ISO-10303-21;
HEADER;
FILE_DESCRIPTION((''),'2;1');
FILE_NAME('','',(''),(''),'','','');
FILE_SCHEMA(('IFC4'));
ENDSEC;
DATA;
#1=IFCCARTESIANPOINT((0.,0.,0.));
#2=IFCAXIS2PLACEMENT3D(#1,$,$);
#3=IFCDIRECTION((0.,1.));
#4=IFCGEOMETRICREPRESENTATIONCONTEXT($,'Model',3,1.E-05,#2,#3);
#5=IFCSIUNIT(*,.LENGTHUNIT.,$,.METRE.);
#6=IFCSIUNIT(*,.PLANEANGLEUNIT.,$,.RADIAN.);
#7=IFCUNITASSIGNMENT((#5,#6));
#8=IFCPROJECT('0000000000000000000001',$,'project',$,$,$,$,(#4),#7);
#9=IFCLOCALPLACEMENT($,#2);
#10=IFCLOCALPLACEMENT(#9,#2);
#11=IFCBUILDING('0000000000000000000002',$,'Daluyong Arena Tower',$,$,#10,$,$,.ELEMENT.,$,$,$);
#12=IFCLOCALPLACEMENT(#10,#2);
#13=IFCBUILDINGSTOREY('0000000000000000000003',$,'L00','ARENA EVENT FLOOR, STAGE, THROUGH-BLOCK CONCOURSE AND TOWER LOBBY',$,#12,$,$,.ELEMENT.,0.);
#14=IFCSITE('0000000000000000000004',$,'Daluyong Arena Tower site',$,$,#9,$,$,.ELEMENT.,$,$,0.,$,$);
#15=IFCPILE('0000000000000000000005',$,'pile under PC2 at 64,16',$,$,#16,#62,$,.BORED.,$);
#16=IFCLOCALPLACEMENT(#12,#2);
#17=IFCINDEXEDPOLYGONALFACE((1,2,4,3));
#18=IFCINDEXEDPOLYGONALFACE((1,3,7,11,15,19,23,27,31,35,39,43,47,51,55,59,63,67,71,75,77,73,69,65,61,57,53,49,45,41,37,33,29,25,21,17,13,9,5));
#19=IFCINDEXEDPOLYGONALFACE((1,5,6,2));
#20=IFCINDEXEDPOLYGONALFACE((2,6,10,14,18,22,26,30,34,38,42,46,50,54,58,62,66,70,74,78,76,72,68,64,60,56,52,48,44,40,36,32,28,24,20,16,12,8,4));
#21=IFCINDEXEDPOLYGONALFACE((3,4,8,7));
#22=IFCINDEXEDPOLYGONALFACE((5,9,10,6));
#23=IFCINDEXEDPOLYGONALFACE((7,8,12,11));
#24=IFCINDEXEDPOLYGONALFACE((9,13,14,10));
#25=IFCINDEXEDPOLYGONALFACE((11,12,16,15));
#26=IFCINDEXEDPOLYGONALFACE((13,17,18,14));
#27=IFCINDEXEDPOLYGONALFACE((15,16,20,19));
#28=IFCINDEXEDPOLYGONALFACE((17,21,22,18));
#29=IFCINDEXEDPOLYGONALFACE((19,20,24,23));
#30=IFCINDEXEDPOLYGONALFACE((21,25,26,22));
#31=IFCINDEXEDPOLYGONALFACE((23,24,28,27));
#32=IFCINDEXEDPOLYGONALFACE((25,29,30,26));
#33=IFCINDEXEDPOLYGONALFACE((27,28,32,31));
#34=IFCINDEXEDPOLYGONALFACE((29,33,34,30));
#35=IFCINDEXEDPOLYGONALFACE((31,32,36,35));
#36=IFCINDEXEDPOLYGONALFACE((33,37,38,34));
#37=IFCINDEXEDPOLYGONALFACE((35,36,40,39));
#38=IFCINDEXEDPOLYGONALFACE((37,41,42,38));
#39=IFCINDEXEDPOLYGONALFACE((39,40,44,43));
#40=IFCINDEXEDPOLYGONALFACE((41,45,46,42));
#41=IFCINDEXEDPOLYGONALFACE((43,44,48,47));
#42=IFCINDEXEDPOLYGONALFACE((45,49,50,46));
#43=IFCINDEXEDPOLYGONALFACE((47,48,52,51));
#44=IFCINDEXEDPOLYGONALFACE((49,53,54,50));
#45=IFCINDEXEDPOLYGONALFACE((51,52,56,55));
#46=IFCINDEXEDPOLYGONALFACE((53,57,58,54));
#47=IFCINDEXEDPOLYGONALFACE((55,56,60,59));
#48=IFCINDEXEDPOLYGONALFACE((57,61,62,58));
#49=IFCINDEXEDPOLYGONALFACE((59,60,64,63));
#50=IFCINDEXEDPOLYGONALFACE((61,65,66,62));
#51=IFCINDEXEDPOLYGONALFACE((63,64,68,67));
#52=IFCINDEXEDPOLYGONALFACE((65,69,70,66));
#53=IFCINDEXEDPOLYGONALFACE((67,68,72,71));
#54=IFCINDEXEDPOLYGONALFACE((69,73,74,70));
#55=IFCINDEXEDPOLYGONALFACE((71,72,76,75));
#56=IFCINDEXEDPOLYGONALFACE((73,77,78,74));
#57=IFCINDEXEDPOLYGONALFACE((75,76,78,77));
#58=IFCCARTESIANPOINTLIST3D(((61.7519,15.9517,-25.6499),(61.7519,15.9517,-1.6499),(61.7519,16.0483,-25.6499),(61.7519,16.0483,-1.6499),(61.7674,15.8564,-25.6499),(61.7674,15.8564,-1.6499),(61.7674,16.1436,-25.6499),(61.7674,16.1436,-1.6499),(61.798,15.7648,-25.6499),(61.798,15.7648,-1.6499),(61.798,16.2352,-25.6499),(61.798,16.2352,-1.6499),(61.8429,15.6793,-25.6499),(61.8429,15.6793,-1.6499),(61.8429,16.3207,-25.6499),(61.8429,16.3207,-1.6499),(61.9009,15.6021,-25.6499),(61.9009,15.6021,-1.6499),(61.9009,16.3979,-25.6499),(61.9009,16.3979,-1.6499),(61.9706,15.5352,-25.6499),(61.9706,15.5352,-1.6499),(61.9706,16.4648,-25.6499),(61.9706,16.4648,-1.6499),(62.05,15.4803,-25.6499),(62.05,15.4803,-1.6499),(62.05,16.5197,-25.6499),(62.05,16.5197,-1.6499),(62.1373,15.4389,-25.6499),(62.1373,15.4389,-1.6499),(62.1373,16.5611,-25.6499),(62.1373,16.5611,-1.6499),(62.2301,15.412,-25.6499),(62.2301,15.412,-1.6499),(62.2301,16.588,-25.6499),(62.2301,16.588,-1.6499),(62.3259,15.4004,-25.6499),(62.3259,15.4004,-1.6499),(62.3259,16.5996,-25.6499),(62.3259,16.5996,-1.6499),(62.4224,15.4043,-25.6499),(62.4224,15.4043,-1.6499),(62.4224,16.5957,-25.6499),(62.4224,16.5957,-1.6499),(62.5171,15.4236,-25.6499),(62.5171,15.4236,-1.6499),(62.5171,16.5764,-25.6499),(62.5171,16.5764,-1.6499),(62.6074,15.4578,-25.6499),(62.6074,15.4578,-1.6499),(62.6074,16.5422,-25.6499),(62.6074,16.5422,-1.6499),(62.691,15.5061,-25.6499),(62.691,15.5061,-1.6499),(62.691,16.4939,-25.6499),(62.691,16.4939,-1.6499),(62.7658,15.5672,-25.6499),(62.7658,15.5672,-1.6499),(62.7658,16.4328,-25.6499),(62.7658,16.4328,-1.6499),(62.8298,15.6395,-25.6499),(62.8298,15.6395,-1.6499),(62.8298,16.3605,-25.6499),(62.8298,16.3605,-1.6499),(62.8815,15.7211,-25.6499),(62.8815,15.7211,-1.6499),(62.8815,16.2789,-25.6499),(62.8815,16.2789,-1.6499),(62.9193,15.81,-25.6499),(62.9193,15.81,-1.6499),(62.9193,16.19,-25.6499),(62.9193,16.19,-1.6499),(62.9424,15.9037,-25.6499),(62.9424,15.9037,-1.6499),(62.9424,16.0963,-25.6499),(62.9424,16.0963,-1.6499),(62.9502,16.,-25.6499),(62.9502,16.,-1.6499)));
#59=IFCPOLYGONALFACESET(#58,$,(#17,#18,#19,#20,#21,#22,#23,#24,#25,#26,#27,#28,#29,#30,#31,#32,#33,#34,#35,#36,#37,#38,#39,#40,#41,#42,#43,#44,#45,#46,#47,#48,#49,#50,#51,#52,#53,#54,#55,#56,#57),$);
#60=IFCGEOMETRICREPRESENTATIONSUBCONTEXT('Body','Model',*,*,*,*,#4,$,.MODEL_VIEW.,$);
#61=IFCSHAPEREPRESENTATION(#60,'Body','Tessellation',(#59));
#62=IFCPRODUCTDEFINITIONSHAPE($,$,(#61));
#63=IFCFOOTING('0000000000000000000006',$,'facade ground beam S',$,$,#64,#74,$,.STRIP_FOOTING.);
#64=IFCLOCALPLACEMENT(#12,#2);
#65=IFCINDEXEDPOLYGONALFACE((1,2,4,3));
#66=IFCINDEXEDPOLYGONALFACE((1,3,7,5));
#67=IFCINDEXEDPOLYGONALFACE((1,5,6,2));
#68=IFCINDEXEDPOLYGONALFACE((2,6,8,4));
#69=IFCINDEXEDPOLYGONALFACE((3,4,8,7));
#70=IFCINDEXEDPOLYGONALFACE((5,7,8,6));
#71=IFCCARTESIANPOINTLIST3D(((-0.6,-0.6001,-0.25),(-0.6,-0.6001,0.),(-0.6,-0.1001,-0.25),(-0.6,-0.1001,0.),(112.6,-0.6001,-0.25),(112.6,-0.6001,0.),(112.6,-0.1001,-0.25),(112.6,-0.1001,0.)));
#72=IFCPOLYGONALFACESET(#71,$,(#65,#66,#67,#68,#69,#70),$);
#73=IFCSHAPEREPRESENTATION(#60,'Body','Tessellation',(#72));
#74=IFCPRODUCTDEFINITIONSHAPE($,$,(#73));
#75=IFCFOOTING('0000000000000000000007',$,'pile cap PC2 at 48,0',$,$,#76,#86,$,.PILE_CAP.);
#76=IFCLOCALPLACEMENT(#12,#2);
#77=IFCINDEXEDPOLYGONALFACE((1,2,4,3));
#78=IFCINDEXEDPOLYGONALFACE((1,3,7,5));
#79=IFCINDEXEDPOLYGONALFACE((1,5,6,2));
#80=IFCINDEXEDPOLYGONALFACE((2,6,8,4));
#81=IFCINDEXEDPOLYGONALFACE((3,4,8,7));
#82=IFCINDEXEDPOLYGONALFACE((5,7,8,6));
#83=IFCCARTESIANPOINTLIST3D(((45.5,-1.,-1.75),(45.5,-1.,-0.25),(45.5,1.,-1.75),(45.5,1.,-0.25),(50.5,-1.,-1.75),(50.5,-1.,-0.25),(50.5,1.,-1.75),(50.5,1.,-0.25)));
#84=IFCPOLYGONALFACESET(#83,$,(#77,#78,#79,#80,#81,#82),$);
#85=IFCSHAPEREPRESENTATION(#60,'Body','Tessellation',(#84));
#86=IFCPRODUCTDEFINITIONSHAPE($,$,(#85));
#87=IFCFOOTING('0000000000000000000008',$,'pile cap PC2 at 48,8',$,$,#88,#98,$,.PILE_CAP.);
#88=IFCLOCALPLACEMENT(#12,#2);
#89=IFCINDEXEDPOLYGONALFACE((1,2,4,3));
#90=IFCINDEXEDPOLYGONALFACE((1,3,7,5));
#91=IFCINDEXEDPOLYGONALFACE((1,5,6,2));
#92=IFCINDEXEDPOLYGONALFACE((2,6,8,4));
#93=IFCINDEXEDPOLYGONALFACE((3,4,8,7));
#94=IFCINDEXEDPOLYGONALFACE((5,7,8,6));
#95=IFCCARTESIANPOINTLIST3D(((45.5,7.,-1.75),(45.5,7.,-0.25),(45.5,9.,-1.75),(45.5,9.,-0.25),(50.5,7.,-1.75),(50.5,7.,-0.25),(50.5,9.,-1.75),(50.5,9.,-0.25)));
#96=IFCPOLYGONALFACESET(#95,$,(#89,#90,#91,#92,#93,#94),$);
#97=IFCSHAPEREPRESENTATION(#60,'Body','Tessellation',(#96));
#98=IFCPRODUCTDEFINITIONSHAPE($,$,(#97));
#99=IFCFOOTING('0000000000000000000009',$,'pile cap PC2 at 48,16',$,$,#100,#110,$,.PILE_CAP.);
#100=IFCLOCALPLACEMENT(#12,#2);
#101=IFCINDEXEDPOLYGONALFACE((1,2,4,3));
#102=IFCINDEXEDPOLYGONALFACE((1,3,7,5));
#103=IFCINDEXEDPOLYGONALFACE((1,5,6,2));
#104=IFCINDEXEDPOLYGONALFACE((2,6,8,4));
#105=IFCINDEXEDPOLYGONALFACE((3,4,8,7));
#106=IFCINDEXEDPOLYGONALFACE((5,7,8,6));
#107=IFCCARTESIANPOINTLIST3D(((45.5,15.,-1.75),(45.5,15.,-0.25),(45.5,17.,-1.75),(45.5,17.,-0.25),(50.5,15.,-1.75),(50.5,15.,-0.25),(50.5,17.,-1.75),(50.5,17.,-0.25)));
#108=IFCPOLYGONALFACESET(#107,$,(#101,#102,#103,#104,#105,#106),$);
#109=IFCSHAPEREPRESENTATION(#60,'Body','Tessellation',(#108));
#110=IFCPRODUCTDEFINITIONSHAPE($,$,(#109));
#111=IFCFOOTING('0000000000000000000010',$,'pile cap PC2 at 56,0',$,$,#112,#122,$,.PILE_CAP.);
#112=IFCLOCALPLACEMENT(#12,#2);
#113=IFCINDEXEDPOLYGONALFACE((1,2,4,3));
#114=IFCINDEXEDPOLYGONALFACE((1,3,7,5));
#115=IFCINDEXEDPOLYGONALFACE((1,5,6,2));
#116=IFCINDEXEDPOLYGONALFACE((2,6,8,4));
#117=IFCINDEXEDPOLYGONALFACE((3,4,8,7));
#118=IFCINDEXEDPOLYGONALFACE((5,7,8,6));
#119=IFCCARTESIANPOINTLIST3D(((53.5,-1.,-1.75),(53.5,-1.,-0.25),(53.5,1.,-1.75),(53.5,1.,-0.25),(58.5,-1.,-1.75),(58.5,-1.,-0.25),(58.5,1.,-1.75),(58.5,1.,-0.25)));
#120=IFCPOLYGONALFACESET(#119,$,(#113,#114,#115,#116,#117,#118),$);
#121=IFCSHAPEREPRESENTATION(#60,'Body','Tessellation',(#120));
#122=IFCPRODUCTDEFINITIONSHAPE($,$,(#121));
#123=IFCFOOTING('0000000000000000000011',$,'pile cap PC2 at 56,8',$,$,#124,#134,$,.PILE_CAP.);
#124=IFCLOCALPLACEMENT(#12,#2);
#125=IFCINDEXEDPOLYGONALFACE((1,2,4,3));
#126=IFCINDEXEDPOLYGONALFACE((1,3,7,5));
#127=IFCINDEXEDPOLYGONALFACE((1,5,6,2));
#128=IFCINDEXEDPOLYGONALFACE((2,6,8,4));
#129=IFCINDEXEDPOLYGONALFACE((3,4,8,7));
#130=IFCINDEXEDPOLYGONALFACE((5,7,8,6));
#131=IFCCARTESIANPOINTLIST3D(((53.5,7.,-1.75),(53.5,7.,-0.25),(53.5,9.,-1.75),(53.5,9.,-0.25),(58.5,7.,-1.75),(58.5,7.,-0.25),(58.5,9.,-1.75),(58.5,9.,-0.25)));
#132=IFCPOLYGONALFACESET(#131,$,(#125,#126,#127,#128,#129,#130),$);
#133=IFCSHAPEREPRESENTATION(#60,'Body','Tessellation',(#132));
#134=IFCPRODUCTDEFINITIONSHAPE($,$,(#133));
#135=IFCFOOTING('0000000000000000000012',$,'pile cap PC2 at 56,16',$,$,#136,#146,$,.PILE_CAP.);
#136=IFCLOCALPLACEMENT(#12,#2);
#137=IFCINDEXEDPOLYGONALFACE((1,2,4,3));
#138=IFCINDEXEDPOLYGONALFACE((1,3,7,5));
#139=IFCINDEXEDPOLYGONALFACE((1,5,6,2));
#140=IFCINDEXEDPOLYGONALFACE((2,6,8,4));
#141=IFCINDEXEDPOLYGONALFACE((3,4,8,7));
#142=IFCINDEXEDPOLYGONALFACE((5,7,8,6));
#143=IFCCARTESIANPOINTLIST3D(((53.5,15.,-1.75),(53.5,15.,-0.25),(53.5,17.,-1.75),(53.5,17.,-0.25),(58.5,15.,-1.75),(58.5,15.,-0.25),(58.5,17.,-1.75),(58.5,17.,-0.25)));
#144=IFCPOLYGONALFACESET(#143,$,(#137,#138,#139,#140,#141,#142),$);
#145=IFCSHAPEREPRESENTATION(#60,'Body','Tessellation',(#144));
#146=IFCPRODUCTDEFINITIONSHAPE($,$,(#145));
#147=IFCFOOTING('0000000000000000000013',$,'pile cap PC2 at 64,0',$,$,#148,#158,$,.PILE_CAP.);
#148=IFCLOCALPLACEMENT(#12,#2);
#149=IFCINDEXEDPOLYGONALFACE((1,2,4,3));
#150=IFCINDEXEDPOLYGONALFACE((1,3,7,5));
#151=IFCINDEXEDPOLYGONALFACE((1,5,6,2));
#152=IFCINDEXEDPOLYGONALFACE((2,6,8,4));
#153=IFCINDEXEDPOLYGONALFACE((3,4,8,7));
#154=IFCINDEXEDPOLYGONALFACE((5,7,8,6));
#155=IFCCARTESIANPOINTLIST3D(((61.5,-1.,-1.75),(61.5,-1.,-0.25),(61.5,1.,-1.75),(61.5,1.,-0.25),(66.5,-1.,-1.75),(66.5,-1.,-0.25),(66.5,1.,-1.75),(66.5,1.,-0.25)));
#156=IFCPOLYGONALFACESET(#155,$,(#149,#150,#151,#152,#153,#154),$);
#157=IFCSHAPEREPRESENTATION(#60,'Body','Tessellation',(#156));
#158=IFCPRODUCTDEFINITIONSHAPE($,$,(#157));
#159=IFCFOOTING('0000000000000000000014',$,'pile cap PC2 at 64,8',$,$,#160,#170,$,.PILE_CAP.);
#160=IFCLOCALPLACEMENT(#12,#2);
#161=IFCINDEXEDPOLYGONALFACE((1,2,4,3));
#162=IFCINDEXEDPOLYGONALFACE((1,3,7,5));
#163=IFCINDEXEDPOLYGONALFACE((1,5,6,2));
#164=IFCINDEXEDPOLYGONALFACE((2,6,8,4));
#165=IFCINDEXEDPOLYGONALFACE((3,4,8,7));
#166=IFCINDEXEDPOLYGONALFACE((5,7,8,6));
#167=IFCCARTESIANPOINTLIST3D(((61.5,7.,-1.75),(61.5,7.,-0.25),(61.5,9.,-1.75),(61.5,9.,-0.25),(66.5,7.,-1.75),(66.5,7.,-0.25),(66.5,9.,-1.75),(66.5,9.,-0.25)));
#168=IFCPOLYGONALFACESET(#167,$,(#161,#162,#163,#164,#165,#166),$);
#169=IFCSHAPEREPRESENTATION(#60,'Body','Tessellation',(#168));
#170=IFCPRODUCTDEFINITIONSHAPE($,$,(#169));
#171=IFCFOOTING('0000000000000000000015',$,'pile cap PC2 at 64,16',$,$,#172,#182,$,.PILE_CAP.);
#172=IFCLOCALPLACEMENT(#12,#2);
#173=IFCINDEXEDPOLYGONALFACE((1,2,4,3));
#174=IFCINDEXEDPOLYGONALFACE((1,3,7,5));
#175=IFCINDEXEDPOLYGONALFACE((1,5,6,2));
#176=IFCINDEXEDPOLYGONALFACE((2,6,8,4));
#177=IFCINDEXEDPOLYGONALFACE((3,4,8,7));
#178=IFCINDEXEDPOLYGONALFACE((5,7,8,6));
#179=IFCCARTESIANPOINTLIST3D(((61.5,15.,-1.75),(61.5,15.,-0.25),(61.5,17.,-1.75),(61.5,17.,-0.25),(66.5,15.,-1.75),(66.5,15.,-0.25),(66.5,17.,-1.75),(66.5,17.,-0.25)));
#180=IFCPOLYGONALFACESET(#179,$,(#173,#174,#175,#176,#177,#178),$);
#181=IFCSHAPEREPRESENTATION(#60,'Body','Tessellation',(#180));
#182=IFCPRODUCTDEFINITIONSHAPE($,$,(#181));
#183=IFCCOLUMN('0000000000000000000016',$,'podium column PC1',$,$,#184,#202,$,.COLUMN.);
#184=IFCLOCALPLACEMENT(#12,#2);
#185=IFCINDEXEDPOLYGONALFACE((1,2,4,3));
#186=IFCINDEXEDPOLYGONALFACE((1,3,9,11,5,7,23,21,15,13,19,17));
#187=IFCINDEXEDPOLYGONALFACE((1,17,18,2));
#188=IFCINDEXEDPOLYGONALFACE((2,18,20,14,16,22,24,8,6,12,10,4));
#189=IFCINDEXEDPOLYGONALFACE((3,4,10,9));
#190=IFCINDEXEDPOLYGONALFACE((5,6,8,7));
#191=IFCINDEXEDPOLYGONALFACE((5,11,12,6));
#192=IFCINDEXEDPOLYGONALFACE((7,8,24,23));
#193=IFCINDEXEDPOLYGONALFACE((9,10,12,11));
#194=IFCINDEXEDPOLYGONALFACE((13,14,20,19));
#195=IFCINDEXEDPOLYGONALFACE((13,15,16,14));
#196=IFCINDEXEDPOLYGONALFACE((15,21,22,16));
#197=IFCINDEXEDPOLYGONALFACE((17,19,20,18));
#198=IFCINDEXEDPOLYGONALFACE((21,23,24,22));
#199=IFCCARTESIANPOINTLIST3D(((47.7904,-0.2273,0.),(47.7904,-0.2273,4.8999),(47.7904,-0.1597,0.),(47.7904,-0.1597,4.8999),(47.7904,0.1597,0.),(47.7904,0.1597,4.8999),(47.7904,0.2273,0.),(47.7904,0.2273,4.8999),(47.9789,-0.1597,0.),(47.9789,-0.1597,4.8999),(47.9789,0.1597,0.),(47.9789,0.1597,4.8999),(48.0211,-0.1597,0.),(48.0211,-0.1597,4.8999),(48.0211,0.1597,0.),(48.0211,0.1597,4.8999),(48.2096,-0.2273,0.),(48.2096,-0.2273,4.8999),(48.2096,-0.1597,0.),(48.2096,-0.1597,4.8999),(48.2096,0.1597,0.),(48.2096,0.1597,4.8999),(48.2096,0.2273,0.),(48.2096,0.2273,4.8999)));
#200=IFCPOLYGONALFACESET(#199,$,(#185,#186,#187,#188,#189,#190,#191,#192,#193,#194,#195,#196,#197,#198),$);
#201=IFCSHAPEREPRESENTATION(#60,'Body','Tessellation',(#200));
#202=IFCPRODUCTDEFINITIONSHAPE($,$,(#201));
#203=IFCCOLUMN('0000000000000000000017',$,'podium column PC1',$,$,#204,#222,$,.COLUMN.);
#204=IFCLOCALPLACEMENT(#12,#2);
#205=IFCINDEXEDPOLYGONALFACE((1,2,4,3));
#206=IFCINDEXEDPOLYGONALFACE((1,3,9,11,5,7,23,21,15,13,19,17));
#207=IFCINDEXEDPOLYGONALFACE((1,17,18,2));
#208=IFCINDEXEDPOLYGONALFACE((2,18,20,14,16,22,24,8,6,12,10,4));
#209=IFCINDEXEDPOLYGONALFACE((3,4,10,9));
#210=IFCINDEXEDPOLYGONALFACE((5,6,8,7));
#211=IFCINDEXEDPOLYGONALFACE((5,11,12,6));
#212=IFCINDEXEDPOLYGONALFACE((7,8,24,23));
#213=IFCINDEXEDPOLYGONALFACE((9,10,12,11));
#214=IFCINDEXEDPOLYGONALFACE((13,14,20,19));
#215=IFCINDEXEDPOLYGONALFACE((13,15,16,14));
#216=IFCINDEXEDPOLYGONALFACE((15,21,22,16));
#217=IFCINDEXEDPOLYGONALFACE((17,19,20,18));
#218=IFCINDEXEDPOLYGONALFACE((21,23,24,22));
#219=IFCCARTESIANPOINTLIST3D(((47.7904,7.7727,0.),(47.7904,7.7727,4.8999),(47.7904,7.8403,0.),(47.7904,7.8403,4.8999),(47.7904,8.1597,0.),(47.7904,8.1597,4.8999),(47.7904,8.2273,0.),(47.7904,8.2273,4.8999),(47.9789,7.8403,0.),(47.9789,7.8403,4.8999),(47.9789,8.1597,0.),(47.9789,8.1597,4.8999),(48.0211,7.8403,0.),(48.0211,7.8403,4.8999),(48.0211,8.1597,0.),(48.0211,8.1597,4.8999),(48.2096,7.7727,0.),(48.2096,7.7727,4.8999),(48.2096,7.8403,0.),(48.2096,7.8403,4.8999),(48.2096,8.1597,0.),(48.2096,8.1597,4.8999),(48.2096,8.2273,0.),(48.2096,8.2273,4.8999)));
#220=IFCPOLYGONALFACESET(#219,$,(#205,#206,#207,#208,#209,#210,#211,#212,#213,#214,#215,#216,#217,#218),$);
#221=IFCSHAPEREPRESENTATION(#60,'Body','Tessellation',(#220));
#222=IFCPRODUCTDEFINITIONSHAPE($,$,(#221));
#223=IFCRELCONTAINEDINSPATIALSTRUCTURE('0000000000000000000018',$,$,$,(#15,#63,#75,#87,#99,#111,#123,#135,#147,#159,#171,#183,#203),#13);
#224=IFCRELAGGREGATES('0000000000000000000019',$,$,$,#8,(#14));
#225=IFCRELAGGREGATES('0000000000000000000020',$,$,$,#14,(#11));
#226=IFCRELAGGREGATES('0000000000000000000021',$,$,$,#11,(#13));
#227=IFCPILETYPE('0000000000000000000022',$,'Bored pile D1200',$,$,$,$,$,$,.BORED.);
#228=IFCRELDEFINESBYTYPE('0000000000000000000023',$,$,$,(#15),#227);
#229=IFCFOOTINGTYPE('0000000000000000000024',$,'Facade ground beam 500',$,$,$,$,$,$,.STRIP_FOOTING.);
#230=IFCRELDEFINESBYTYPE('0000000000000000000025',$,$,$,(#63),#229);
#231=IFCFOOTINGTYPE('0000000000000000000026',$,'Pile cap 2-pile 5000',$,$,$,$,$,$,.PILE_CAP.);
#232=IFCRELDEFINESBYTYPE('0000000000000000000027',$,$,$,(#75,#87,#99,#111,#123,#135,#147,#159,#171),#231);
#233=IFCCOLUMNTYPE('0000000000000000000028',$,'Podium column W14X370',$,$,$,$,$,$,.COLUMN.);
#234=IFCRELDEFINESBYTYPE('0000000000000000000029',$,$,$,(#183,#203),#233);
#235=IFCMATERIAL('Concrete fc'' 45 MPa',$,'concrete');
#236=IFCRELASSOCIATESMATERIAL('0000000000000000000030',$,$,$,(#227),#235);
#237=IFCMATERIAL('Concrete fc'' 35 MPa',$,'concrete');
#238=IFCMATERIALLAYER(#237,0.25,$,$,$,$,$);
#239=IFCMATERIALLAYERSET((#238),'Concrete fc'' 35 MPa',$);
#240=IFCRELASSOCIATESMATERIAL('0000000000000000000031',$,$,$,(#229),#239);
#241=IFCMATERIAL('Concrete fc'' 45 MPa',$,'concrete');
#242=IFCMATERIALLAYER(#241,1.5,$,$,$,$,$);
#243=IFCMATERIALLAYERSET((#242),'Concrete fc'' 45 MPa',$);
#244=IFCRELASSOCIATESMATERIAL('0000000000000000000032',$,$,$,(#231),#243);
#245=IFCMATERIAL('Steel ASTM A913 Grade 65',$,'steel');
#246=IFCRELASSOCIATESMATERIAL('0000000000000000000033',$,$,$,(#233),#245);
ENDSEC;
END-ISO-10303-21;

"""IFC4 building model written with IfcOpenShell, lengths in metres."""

from ifc_helpers import new_model, si_unit, direction, frame, origin, origin_2d, place, context, subcontext, project, spatial, rectangle, circle, i_section, extrude, material, layer, layer_set, material_profile, profile_set, type_object, element, save


model = new_model("IFC4")

# Units and contexts
model_context = context("Model", 3, precision=1e-05, world=origin(), true_north=direction((0.0, 1.0)))
body_context = subcontext(model_context, "Body", "Model", "MODEL_VIEW")
ifc_project = project(units=[si_unit("LENGTHUNIT", "METRE"), si_unit("PLANEANGLEUNIT", "RADIAN")], contexts=[model_context])

# Site, building, storey
site_placement = place(None, origin())
site = spatial("IfcSite", under=ifc_project, at=site_placement, Name="Daluyong Arena Tower site", CompositionType="ELEMENT", RefElevation=0.0)
building_placement = place(site_placement, origin())
building = spatial("IfcBuilding", under=site, at=building_placement, Name="Daluyong Arena Tower", CompositionType="ELEMENT")
storey_placement = place(building_placement, origin())
storey = spatial("IfcBuildingStorey", under=building, at=storey_placement, Name="L00", Description="ARENA EVENT FLOOR, STAGE, THROUGH-BLOCK CONCOURSE AND TOWER LOBBY", CompositionType="ELEMENT", Elevation=0.0)

# Pile
ifc_material_1 = material(Name="Concrete fc' 45 MPa", Category="concrete")
pile_type = type_object("IfcPileType", Name="Bored pile D1200", PredefinedType="BORED", material=ifc_material_1)
for number, where, z_axis, x_axis, name in (
    (1, (62.3501, 16.0, -1.6499), (0.0, 0.0, -1.0), (1.0, 0.0, 0.0), "pile under PC2 at 64,16"),
):
    element("IfcPile", number, at=place(storey_placement, frame(where, z_axis=z_axis, x_axis=x_axis)), inside=storey, type_object=pile_type, Name=name, PredefinedType="BORED", context=body_context, shape_type="SweptSolid", body=[
        extrude(circle(Radius=0.6001, at=origin_2d()), origin(), (0.0, 0.0, 1.0), 24.0),
    ])

# Footings
ifc_material_2 = material(Name="Concrete fc' 35 MPa", Category="concrete")
ifc_layer_1 = layer(ifc_material_2, 0.25)
ifc_layer_set_1 = layer_set([ifc_layer_1], Name="Concrete fc' 35 MPa")
footing_type_1 = type_object("IfcFootingType", Name="Facade ground beam 500", PredefinedType="STRIP_FOOTING", material=ifc_layer_set_1)
footing_placement = place(storey_placement, frame((56.0, -0.3501, -0.25), z_axis=(0.0, 0.0, 1.0), x_axis=(1.0, 0.0, 0.0)))
element("IfcFooting", 2, at=footing_placement, inside=storey, type_object=footing_type_1, Name="facade ground beam S", PredefinedType="STRIP_FOOTING", context=body_context, shape_type="SweptSolid", body=[
    extrude(rectangle(XDim=113.2, YDim=0.5, at=origin_2d()), origin(), (0.0, 0.0, 1.0), 0.25),
])
ifc_material_3 = material(Name="Concrete fc' 45 MPa", Category="concrete")
ifc_layer_2 = layer(ifc_material_3, 1.5)
ifc_layer_set_2 = layer_set([ifc_layer_2], Name="Concrete fc' 45 MPa")
footing_type_2 = type_object("IfcFootingType", Name="Pile cap 2-pile 5000", PredefinedType="PILE_CAP", material=ifc_layer_set_2)
for number, where, z_axis, x_axis, name in (
    (3, (48.0, 0.0, -1.75), (0.0, 0.0, 1.0), (1.0, 0.0, 0.0), "pile cap PC2 at 48,0"),
    (4, (48.0, 8.0, -1.75), (0.0, 0.0, 1.0), (1.0, 0.0, 0.0), "pile cap PC2 at 48,8"),
    (5, (48.0, 16.0, -1.75), (0.0, 0.0, 1.0), (1.0, 0.0, 0.0), "pile cap PC2 at 48,16"),
    (6, (56.0, 0.0, -1.75), (0.0, 0.0, 1.0), (1.0, 0.0, 0.0), "pile cap PC2 at 56,0"),
    (7, (56.0, 8.0, -1.75), (0.0, 0.0, 1.0), (1.0, 0.0, 0.0), "pile cap PC2 at 56,8"),
    (8, (56.0, 16.0, -1.75), (0.0, 0.0, 1.0), (1.0, 0.0, 0.0), "pile cap PC2 at 56,16"),
    (9, (64.0, 0.0, -1.75), (0.0, 0.0, 1.0), (1.0, 0.0, 0.0), "pile cap PC2 at 64,0"),
    (10, (64.0, 8.0, -1.75), (0.0, 0.0, 1.0), (1.0, 0.0, 0.0), "pile cap PC2 at 64,8"),
    (11, (64.0, 16.0, -1.75), (0.0, 0.0, 1.0), (1.0, 0.0, 0.0), "pile cap PC2 at 64,16"),
):
    element("IfcFooting", number, at=place(storey_placement, frame(where, z_axis=z_axis, x_axis=x_axis)), inside=storey, type_object=footing_type_2, Name=name, PredefinedType="PILE_CAP", context=body_context, shape_type="SweptSolid", body=[
        extrude(rectangle(XDim=5.0, YDim=2.0, at=origin_2d()), origin(), (0.0, 0.0, 1.0), 1.5),
    ])

# Columns
ifc_material_4 = material(Name="Steel ASTM A913 Grade 65", Category="steel")
ifc_material_profile = material_profile(ifc_material_4, i_section(OverallWidth=0.4192, OverallDepth=0.4546, WebThickness=0.0422, FlangeThickness=0.0676, at=origin_2d()))
ifc_profile_set = profile_set([ifc_material_profile], Name="Steel ASTM A913 Grade 65")
column_type = type_object("IfcColumnType", Name="Podium column W14X370", PredefinedType="COLUMN", material=ifc_profile_set)
for number, where, z_axis, x_axis, name in (
    (12, (48.0, 0.0, 0.0), (0.0, 0.0, 1.0), (1.0, 0.0, 0.0), "podium column PC1"),
    (13, (48.0, 8.0, 0.0), (0.0, 0.0, 1.0), (1.0, 0.0, 0.0), "podium column PC1"),
):
    element("IfcColumn", number, at=place(storey_placement, frame(where, z_axis=z_axis, x_axis=x_axis)), inside=storey, type_object=column_type, Name=name, PredefinedType="COLUMN", context=body_context, shape_type="SweptSolid", body=[
        extrude(i_section(OverallWidth=0.4192, OverallDepth=0.4546, WebThickness=0.0422, FlangeThickness=0.0676, at=origin_2d()), origin(), (0.0, 0.0, 1.0), 4.8999),
    ])

save(model, "model.ifc")
